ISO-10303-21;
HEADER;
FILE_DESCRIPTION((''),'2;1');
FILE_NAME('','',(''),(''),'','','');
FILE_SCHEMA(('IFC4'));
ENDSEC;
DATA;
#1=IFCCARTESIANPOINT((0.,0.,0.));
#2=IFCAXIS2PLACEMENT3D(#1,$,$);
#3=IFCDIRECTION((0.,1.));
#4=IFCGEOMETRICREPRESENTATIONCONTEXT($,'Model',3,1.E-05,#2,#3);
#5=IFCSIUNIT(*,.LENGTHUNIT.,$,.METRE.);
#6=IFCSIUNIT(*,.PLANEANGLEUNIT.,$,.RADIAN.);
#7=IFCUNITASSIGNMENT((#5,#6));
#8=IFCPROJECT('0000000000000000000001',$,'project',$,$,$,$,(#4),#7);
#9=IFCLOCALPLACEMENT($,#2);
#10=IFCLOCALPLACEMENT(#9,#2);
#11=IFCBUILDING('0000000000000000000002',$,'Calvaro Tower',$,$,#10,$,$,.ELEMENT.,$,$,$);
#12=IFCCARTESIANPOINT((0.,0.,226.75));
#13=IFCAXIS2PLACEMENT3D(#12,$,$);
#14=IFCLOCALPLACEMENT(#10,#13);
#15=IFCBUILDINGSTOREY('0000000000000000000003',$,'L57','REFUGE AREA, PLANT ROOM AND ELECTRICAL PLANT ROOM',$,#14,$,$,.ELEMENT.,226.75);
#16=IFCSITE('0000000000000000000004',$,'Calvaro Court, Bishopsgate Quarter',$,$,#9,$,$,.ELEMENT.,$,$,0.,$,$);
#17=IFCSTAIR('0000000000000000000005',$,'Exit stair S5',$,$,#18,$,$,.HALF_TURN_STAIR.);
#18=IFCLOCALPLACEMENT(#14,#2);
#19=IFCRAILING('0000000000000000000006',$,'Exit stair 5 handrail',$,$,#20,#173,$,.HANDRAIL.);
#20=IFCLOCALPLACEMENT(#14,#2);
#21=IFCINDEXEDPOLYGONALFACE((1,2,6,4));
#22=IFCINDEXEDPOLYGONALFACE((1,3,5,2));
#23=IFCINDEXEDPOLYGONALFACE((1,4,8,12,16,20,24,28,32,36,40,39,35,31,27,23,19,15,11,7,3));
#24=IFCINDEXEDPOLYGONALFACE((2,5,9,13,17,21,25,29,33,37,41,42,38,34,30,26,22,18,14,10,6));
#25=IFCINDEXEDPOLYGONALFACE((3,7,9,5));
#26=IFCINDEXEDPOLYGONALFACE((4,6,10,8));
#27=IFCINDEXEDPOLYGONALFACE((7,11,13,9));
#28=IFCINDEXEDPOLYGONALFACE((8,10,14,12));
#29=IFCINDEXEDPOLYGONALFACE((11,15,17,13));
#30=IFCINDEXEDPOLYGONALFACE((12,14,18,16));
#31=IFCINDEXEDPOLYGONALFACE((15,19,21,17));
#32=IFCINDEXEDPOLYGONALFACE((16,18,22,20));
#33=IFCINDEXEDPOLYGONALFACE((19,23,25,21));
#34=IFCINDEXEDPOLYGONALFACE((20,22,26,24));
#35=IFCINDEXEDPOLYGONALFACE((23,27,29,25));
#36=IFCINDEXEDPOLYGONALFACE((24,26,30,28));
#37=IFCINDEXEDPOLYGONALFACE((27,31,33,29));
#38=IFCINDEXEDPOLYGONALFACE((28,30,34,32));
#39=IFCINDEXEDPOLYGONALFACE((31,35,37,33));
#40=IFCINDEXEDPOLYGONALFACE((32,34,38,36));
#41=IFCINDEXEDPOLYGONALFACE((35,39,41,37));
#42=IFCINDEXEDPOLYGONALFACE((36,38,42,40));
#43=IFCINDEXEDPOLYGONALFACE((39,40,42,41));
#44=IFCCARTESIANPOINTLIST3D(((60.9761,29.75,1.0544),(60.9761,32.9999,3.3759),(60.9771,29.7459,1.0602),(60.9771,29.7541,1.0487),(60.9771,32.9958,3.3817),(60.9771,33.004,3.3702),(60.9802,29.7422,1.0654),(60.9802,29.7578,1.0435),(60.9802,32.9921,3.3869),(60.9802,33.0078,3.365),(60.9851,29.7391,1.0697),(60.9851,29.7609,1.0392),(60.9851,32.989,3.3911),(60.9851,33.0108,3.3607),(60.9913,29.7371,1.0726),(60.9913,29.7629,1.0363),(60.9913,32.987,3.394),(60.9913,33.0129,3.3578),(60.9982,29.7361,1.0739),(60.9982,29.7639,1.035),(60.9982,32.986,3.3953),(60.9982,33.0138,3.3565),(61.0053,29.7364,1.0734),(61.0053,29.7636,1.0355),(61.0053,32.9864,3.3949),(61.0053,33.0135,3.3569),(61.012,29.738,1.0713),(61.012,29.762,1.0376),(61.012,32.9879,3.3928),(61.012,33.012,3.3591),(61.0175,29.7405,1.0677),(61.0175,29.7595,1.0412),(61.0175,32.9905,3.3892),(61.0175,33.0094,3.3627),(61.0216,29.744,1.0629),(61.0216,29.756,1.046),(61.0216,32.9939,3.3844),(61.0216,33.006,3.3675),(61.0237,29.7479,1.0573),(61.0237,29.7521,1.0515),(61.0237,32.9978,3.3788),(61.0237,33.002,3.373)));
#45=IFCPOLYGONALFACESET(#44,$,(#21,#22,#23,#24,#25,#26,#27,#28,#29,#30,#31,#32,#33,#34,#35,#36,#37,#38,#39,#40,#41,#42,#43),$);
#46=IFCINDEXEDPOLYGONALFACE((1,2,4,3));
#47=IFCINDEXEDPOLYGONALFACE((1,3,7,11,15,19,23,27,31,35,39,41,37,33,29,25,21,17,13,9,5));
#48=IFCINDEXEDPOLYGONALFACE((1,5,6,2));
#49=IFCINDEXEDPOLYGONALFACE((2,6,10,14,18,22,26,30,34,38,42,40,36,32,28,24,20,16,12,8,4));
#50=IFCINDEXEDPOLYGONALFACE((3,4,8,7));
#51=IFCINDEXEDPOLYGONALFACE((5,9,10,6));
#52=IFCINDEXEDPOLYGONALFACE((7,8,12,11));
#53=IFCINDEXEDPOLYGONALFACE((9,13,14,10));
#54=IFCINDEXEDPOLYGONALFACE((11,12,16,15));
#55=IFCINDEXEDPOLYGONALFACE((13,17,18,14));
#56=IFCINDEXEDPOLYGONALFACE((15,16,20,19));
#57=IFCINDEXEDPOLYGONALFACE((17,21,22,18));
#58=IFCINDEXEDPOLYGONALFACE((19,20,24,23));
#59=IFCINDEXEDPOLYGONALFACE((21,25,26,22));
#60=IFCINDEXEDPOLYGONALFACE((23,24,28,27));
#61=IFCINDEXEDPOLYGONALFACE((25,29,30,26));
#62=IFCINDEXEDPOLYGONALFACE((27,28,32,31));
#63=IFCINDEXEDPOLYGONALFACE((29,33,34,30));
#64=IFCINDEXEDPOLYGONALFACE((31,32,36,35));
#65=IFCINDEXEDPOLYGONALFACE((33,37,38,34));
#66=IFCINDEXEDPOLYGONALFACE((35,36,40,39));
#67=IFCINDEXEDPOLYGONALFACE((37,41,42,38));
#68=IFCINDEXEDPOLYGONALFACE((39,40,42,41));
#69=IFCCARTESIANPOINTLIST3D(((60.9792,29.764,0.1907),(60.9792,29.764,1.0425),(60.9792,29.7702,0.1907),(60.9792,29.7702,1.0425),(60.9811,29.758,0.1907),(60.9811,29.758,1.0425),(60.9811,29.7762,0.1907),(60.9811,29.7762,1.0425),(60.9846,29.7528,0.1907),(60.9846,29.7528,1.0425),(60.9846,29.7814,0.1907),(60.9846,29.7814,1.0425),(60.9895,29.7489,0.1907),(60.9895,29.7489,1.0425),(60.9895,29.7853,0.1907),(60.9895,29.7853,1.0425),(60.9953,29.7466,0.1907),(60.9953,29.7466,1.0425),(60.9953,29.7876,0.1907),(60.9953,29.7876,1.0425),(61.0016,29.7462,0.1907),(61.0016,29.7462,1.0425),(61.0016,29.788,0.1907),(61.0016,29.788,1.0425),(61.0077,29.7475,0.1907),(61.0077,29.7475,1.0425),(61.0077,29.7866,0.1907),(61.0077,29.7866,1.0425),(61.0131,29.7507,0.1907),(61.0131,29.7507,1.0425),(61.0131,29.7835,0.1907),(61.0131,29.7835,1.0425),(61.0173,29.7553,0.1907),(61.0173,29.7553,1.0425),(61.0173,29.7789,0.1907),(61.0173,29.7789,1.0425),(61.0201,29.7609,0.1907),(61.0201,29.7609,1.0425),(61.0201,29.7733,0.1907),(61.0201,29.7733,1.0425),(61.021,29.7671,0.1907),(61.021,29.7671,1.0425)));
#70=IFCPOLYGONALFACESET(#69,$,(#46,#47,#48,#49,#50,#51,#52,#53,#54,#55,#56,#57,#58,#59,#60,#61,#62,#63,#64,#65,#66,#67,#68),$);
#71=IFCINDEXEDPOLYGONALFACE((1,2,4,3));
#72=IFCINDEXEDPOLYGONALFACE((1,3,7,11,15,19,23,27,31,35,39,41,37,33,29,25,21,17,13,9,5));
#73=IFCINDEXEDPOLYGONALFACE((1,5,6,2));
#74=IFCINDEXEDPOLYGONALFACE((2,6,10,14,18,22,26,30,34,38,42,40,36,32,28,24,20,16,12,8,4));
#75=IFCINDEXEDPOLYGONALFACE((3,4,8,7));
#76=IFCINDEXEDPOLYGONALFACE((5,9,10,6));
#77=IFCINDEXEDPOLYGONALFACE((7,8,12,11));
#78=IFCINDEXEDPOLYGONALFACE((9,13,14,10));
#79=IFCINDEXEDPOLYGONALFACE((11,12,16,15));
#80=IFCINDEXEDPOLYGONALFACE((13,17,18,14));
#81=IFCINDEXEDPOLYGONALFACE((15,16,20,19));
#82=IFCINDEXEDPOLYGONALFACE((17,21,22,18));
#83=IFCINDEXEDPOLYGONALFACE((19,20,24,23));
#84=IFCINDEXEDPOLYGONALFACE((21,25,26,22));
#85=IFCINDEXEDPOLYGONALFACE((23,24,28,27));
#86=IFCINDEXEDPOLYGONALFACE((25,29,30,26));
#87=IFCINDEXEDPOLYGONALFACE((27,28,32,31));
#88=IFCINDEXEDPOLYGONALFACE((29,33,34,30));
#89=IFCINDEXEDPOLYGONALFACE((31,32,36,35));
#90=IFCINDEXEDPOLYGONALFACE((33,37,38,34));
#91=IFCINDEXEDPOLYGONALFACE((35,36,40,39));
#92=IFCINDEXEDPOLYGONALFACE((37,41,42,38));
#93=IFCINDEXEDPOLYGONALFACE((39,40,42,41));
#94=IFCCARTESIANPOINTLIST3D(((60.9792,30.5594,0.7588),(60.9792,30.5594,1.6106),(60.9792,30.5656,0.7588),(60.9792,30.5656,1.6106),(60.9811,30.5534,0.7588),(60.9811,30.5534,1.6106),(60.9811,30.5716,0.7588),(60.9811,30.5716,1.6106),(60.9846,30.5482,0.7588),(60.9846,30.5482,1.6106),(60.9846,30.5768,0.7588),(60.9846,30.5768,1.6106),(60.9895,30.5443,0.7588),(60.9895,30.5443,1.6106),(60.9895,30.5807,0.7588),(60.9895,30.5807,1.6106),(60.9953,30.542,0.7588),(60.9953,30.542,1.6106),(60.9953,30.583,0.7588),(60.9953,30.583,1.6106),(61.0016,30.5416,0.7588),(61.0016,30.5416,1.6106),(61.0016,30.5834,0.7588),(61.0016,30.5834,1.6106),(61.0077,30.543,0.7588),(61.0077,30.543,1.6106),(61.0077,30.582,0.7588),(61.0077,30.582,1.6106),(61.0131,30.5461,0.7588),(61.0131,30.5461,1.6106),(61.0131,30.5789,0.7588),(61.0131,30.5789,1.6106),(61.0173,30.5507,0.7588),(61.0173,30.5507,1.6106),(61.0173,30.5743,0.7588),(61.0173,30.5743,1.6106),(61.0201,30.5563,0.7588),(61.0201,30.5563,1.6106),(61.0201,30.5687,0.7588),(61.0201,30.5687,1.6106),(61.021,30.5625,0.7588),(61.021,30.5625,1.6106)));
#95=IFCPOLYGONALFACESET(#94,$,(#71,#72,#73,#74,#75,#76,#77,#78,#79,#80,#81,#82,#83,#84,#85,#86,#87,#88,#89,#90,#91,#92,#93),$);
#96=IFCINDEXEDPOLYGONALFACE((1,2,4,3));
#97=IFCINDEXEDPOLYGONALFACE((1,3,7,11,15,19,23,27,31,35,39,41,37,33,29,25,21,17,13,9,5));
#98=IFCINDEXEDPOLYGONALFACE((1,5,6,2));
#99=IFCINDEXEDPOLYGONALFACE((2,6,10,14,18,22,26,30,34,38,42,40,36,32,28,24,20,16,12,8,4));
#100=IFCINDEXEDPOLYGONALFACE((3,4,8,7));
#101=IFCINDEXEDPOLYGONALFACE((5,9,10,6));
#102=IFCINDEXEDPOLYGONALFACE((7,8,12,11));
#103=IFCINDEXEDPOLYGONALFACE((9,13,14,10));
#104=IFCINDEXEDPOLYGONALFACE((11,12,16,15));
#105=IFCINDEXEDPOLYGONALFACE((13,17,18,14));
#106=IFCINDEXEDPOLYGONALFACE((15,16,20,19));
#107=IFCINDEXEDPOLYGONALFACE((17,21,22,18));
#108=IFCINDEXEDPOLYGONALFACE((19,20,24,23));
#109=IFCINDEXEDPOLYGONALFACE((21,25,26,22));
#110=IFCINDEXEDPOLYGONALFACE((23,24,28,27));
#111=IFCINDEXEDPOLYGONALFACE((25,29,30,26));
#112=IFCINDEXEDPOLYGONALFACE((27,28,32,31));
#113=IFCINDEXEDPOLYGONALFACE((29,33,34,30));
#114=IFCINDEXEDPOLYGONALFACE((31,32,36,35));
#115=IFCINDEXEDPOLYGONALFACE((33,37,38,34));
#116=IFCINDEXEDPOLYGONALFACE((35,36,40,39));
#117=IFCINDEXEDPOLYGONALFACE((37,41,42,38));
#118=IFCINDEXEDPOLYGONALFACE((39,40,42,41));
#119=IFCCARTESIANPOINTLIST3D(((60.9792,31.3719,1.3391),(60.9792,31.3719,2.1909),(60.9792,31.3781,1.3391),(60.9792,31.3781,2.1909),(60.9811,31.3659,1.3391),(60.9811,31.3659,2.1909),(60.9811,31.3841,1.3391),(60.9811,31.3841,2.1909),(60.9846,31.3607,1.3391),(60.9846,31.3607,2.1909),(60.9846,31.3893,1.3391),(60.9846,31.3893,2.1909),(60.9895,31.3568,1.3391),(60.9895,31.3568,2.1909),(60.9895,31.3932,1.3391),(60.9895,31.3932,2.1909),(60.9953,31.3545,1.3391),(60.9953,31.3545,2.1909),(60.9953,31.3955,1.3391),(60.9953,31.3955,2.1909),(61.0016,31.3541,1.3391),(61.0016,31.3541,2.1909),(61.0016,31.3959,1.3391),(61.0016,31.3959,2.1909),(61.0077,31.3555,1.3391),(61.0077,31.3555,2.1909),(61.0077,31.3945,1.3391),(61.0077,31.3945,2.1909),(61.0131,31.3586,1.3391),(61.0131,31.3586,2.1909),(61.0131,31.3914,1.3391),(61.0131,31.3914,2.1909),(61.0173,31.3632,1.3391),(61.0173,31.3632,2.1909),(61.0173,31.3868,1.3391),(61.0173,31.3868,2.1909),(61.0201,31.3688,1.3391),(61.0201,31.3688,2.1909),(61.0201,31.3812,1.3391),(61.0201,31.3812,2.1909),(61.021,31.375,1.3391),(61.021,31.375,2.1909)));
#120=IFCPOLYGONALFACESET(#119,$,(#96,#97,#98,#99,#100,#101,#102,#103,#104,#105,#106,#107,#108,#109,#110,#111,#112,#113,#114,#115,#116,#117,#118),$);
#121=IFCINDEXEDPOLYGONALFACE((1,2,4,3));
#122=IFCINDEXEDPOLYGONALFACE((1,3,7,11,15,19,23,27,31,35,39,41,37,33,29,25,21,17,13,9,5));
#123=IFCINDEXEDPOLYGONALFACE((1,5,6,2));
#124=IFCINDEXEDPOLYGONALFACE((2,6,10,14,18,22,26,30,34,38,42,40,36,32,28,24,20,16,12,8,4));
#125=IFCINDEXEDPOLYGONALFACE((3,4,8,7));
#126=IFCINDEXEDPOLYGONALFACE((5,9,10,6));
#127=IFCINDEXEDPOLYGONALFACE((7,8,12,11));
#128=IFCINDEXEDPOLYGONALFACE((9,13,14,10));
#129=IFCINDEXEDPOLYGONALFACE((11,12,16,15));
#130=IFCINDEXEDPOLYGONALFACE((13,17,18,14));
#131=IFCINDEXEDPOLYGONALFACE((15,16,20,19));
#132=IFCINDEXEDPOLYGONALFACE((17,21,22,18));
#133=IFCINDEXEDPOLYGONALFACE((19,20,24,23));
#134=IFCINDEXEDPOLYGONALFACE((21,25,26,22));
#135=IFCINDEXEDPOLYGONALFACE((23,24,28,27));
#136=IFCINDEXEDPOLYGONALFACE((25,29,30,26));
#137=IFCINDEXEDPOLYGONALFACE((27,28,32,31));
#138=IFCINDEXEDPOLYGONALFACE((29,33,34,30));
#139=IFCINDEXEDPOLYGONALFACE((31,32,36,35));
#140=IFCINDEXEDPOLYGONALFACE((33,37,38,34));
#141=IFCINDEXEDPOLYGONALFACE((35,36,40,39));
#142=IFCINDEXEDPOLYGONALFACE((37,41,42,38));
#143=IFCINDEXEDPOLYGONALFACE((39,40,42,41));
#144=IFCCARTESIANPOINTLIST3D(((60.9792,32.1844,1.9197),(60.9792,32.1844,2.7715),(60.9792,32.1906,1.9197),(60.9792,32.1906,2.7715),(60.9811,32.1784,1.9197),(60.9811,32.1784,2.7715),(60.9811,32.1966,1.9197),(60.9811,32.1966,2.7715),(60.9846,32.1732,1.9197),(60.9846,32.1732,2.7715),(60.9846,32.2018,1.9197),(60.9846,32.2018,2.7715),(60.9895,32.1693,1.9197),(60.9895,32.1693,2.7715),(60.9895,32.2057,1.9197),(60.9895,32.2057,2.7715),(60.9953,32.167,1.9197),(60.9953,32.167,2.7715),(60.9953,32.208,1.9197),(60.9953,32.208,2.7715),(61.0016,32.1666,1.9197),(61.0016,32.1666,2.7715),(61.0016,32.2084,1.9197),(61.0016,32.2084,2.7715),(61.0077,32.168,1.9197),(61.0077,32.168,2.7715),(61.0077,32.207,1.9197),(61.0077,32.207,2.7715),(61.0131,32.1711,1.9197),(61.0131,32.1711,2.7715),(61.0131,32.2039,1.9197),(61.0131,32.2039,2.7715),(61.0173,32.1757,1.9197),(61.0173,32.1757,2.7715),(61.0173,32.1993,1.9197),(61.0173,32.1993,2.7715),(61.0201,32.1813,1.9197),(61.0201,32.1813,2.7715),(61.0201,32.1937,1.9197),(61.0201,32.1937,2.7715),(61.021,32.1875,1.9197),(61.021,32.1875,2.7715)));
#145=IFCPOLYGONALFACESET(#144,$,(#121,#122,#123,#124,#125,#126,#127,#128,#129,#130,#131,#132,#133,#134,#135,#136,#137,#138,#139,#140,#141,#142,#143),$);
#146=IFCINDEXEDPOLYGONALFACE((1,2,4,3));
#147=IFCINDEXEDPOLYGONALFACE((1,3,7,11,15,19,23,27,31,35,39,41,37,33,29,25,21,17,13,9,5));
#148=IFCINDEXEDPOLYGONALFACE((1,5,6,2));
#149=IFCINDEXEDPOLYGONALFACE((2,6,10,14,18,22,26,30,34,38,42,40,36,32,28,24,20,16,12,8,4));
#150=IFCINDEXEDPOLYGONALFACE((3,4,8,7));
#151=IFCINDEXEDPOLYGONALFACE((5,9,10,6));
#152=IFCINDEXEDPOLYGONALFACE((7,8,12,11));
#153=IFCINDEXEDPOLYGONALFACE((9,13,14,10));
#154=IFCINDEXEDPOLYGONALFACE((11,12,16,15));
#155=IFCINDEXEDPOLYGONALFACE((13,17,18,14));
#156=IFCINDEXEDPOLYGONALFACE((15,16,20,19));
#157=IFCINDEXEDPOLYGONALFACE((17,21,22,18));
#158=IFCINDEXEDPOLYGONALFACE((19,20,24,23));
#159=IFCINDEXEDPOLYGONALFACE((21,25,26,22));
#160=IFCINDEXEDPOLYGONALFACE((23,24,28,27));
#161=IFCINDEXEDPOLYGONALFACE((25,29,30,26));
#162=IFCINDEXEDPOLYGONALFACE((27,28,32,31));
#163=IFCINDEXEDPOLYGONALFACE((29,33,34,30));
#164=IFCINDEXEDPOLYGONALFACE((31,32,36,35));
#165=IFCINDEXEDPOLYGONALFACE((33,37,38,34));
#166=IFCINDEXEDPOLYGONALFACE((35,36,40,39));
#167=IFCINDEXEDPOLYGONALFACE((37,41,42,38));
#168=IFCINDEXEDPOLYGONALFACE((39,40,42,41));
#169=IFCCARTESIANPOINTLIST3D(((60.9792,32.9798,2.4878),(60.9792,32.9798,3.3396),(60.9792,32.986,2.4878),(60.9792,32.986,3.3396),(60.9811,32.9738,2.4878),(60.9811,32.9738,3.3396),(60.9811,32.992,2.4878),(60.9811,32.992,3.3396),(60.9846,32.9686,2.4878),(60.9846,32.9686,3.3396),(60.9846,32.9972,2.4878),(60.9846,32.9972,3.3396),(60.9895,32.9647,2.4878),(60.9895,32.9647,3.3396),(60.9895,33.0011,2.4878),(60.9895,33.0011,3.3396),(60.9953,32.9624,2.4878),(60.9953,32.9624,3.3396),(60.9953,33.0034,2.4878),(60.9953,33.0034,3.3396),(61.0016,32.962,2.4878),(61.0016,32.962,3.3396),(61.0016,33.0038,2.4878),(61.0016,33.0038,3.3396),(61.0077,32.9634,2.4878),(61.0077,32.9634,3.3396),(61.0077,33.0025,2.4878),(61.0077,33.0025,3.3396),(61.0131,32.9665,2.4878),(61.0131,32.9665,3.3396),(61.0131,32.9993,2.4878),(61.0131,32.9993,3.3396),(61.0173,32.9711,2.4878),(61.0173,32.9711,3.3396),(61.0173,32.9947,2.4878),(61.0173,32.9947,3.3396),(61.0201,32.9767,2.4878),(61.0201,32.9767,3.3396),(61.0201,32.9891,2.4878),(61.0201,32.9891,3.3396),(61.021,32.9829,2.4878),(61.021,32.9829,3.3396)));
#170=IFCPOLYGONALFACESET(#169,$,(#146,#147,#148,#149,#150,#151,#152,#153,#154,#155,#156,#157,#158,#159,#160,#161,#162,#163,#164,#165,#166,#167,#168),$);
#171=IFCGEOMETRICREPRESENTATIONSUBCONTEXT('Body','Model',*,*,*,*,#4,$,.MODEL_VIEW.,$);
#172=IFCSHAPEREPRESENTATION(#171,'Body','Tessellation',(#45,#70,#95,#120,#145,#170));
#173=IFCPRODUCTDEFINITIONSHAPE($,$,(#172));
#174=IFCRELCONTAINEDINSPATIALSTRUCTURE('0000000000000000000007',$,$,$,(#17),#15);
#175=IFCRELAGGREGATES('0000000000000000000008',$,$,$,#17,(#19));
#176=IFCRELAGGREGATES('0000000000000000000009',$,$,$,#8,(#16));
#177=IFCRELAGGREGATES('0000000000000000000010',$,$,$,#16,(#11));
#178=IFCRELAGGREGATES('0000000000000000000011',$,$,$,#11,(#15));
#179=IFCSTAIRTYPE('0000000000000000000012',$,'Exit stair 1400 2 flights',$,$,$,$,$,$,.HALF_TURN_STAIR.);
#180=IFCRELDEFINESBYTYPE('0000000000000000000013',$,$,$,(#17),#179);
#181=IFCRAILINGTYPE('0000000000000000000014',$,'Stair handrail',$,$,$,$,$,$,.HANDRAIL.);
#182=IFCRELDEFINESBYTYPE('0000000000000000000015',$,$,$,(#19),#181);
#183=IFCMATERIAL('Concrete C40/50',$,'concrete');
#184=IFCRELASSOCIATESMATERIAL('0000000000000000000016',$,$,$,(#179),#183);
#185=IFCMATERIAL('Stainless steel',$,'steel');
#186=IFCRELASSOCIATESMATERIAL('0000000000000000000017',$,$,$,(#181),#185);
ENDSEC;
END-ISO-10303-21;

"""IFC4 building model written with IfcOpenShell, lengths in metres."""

from ifc_helpers import new_model, si_unit, direction, frame, origin, origin_2d, place, context, subcontext, project, spatial, circle, extrude, material, type_object, element, aggregate, save


model = new_model("IFC4")

# Units and contexts
model_context = context("Model", 3, precision=1e-05, world=origin(), true_north=direction((0.0, 1.0)))
body_context = subcontext(model_context, "Body", "Model", "MODEL_VIEW")
ifc_project = project(units=[si_unit("LENGTHUNIT", "METRE"), si_unit("PLANEANGLEUNIT", "RADIAN")], contexts=[model_context])

# Site, building, storey
site_placement = place(None, origin())
site = spatial("IfcSite", under=ifc_project, at=site_placement, Name="Calvaro Court, Bishopsgate Quarter", CompositionType="ELEMENT", RefElevation=0.0)
building_placement = place(site_placement, origin())
building = spatial("IfcBuilding", under=site, at=building_placement, Name="Calvaro Tower", CompositionType="ELEMENT")
storey_placement = place(building_placement, frame((0.0, 0.0, 226.75)))
storey = spatial("IfcBuildingStorey", under=building, at=storey_placement, Name="L57", Description="REFUGE AREA, PLANT ROOM AND ELECTRICAL PLANT ROOM", CompositionType="ELEMENT", Elevation=226.75)

# Stair
ifc_material_1 = material(Name="Concrete C40/50", Category="concrete")
stair_type = type_object("IfcStairType", Name="Exit stair 1400 2 flights", PredefinedType="HALF_TURN_STAIR", material=ifc_material_1)
stair_placement = place(storey_placement, origin())
stair = element("IfcStair", 1, at=stair_placement, inside=storey, type_object=stair_type, Name="Exit stair S5", PredefinedType="HALF_TURN_STAIR")

# Railing
ifc_material_2 = material(Name="Stainless steel", Category="steel")
railing_type = type_object("IfcRailingType", Name="Stair handrail", PredefinedType="HANDRAIL", material=ifc_material_2)
railing_placement = place(storey_placement, frame((61.0, 29.75, 0.1785)))
railing = element("IfcRailing", 2, at=railing_placement, type_object=railing_type, Name="Exit stair 5 handrail", PredefinedType="HANDRAIL", context=body_context, shape_type="SweptSolid", body=[
    extrude(circle(Radius=0.0239, at=origin_2d()), frame((0.0, 0.0, 0.876), z_axis=(0.0, 0.813721, 0.581256), x_axis=(-1.0, 0.0, 0.0)), (0.0, 0.0, 1.0), 3.9939),
    extrude(circle(Radius=0.021, at=origin_2d()), frame((0.0, 0.0171, 0.0122)), (0.0, 0.0, 1.0), 0.8518),
    extrude(circle(Radius=0.021, at=origin_2d()), frame((0.0, 0.8125, 0.5803)), (0.0, 0.0, 1.0), 0.8518),
    extrude(circle(Radius=0.021, at=origin_2d()), frame((0.0, 1.625, 1.1606)), (0.0, 0.0, 1.0), 0.8518),
    extrude(circle(Radius=0.021, at=origin_2d()), frame((0.0, 2.4375, 1.7412)), (0.0, 0.0, 1.0), 0.8518),
    extrude(circle(Radius=0.021, at=origin_2d()), frame((0.0, 3.2329, 2.3093)), (0.0, 0.0, 1.0), 0.8518),
])
aggregate(stair, [railing])

save(model, "model.ifc")
